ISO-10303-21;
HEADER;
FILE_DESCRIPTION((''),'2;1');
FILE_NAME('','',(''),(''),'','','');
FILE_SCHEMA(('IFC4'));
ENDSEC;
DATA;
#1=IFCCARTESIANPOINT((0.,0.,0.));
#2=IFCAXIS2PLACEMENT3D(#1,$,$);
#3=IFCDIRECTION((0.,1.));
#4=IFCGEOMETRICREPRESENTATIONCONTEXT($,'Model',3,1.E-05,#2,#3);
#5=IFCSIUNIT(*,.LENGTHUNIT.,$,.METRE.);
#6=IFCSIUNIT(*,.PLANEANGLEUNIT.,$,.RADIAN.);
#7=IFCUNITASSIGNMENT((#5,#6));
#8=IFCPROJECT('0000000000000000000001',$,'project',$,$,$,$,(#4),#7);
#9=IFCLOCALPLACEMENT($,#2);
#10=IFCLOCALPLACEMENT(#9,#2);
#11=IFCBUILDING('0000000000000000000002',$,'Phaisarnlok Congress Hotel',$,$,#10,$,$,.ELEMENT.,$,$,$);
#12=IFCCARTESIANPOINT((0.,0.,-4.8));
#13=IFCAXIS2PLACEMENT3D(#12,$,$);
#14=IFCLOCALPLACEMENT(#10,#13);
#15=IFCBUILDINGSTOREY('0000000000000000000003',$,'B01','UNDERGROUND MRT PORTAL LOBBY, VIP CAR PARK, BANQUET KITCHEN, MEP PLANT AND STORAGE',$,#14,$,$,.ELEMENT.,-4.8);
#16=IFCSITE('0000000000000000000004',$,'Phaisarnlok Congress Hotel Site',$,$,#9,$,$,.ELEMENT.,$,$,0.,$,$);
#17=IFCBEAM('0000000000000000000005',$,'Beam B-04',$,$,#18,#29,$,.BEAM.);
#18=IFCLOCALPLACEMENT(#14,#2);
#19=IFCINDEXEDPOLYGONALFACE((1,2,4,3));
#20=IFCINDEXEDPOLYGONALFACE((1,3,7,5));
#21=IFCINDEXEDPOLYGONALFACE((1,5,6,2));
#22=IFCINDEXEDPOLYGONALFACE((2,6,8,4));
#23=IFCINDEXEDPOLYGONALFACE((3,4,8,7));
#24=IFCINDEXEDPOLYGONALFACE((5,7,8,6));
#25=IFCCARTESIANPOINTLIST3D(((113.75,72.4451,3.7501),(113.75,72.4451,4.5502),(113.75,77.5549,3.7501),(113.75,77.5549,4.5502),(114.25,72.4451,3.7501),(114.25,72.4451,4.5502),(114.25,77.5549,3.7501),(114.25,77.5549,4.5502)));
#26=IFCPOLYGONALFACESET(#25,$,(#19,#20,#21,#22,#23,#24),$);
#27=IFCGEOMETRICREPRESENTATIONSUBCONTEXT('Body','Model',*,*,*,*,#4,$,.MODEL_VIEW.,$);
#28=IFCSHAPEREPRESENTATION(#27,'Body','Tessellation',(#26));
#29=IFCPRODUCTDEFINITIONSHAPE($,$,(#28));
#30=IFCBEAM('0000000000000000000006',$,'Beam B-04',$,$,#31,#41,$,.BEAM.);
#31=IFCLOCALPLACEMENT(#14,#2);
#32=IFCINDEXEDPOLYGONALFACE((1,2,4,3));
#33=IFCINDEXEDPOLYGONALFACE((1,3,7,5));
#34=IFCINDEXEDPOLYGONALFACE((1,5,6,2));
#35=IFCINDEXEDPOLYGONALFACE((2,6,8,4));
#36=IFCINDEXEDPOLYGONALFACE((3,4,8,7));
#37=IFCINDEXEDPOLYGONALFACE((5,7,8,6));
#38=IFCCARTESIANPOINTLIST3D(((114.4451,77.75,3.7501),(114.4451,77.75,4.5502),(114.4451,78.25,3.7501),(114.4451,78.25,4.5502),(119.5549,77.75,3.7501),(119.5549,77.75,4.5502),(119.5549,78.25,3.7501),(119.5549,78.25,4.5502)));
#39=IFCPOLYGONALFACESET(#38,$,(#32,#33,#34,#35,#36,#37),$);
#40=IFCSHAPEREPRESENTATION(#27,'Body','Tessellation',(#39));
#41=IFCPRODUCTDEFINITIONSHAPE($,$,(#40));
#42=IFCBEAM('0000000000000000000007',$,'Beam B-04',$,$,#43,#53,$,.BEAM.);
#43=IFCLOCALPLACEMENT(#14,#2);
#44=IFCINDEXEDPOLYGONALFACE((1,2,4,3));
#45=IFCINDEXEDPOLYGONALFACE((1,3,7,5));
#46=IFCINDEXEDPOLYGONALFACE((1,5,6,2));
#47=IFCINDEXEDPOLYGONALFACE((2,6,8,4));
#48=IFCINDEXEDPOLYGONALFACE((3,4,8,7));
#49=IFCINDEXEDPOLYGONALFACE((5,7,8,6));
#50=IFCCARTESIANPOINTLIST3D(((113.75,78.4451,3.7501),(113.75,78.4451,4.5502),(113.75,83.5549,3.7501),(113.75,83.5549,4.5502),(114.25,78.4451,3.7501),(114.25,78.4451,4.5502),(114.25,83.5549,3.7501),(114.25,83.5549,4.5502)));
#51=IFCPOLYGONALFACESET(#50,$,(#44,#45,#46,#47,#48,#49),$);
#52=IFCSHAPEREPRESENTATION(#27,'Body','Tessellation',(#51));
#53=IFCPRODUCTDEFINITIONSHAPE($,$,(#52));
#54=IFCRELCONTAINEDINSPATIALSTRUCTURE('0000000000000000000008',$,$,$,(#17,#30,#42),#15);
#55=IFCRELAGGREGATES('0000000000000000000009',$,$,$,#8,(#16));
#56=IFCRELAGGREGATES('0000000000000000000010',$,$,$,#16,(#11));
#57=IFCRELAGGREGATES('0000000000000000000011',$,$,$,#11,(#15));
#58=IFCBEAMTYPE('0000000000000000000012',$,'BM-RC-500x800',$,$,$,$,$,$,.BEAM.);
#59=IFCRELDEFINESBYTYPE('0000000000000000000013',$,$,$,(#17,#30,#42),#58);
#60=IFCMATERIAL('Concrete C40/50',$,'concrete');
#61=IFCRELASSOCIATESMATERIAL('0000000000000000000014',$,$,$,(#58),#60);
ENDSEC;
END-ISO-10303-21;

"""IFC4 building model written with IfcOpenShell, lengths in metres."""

from ifc_helpers import new_model, si_unit, direction, frame, origin, origin_2d, place, context, subcontext, project, spatial, rectangle, extrude, material, material_profile, profile_set, type_object, element, save


model = new_model("IFC4")

# Units and contexts
model_context = context("Model", 3, precision=1e-05, world=origin(), true_north=direction((0.0, 1.0)))
body_context = subcontext(model_context, "Body", "Model", "MODEL_VIEW")
ifc_project = project(units=[si_unit("LENGTHUNIT", "METRE"), si_unit("PLANEANGLEUNIT", "RADIAN")], contexts=[model_context])

# Site, building, storey
site_placement = place(None, origin())
site = spatial("IfcSite", under=ifc_project, at=site_placement, Name="Phaisarnlok Congress Hotel Site", CompositionType="ELEMENT", RefElevation=0.0)
building_placement = place(site_placement, origin())
building = spatial("IfcBuilding", under=site, at=building_placement, Name="Phaisarnlok Congress Hotel", CompositionType="ELEMENT")
storey_placement = place(building_placement, frame((0.0, 0.0, -4.8)))
storey = spatial("IfcBuildingStorey", under=building, at=storey_placement, Name="B01", Description="UNDERGROUND MRT PORTAL LOBBY, VIP CAR PARK, BANQUET KITCHEN, MEP PLANT AND STORAGE", CompositionType="ELEMENT", Elevation=-4.8)

# Shared definitions
ifc_material_1 = material(Name="Concrete C40/50", Category="concrete")

# Beams
ifc_material_profile_1 = material_profile(ifc_material_1, rectangle(XDim=0.5, YDim=0.8, at=origin_2d()), Name="RC 500x800")
ifc_profile_set_1 = profile_set([ifc_material_profile_1], Name="Concrete C40/50")
beam_type = type_object("IfcBeamType", Name="BM-RC-500x800", PredefinedType="BEAM", material=ifc_profile_set_1)
for number, where, z_axis, x_axis, name in (
    (1, (114.0, 72.4451, 4.1501), (0.0, 1.0, 0.0), (-1.0, 0.0, 0.0), "Beam B-04"),
    (2, (114.4451, 78.0, 4.1501), (1.0, 0.0, 0.0), (0.0, 1.0, 0.0), "Beam B-04"),
    (3, (114.0, 78.4451, 4.1501), (0.0, 1.0, 0.0), (-1.0, 0.0, 0.0), "Beam B-04"),
):
    element("IfcBeam", number, at=place(storey_placement, frame(where, z_axis=z_axis, x_axis=x_axis)), inside=storey, type_object=beam_type, Name=name, PredefinedType="BEAM", context=body_context, shape_type="SweptSolid", body=[
        extrude(rectangle(XDim=0.5, YDim=0.8, at=origin_2d()), origin(), (0.0, 0.0, 1.0), 5.1099),
    ])

save(model, "model.ifc")
